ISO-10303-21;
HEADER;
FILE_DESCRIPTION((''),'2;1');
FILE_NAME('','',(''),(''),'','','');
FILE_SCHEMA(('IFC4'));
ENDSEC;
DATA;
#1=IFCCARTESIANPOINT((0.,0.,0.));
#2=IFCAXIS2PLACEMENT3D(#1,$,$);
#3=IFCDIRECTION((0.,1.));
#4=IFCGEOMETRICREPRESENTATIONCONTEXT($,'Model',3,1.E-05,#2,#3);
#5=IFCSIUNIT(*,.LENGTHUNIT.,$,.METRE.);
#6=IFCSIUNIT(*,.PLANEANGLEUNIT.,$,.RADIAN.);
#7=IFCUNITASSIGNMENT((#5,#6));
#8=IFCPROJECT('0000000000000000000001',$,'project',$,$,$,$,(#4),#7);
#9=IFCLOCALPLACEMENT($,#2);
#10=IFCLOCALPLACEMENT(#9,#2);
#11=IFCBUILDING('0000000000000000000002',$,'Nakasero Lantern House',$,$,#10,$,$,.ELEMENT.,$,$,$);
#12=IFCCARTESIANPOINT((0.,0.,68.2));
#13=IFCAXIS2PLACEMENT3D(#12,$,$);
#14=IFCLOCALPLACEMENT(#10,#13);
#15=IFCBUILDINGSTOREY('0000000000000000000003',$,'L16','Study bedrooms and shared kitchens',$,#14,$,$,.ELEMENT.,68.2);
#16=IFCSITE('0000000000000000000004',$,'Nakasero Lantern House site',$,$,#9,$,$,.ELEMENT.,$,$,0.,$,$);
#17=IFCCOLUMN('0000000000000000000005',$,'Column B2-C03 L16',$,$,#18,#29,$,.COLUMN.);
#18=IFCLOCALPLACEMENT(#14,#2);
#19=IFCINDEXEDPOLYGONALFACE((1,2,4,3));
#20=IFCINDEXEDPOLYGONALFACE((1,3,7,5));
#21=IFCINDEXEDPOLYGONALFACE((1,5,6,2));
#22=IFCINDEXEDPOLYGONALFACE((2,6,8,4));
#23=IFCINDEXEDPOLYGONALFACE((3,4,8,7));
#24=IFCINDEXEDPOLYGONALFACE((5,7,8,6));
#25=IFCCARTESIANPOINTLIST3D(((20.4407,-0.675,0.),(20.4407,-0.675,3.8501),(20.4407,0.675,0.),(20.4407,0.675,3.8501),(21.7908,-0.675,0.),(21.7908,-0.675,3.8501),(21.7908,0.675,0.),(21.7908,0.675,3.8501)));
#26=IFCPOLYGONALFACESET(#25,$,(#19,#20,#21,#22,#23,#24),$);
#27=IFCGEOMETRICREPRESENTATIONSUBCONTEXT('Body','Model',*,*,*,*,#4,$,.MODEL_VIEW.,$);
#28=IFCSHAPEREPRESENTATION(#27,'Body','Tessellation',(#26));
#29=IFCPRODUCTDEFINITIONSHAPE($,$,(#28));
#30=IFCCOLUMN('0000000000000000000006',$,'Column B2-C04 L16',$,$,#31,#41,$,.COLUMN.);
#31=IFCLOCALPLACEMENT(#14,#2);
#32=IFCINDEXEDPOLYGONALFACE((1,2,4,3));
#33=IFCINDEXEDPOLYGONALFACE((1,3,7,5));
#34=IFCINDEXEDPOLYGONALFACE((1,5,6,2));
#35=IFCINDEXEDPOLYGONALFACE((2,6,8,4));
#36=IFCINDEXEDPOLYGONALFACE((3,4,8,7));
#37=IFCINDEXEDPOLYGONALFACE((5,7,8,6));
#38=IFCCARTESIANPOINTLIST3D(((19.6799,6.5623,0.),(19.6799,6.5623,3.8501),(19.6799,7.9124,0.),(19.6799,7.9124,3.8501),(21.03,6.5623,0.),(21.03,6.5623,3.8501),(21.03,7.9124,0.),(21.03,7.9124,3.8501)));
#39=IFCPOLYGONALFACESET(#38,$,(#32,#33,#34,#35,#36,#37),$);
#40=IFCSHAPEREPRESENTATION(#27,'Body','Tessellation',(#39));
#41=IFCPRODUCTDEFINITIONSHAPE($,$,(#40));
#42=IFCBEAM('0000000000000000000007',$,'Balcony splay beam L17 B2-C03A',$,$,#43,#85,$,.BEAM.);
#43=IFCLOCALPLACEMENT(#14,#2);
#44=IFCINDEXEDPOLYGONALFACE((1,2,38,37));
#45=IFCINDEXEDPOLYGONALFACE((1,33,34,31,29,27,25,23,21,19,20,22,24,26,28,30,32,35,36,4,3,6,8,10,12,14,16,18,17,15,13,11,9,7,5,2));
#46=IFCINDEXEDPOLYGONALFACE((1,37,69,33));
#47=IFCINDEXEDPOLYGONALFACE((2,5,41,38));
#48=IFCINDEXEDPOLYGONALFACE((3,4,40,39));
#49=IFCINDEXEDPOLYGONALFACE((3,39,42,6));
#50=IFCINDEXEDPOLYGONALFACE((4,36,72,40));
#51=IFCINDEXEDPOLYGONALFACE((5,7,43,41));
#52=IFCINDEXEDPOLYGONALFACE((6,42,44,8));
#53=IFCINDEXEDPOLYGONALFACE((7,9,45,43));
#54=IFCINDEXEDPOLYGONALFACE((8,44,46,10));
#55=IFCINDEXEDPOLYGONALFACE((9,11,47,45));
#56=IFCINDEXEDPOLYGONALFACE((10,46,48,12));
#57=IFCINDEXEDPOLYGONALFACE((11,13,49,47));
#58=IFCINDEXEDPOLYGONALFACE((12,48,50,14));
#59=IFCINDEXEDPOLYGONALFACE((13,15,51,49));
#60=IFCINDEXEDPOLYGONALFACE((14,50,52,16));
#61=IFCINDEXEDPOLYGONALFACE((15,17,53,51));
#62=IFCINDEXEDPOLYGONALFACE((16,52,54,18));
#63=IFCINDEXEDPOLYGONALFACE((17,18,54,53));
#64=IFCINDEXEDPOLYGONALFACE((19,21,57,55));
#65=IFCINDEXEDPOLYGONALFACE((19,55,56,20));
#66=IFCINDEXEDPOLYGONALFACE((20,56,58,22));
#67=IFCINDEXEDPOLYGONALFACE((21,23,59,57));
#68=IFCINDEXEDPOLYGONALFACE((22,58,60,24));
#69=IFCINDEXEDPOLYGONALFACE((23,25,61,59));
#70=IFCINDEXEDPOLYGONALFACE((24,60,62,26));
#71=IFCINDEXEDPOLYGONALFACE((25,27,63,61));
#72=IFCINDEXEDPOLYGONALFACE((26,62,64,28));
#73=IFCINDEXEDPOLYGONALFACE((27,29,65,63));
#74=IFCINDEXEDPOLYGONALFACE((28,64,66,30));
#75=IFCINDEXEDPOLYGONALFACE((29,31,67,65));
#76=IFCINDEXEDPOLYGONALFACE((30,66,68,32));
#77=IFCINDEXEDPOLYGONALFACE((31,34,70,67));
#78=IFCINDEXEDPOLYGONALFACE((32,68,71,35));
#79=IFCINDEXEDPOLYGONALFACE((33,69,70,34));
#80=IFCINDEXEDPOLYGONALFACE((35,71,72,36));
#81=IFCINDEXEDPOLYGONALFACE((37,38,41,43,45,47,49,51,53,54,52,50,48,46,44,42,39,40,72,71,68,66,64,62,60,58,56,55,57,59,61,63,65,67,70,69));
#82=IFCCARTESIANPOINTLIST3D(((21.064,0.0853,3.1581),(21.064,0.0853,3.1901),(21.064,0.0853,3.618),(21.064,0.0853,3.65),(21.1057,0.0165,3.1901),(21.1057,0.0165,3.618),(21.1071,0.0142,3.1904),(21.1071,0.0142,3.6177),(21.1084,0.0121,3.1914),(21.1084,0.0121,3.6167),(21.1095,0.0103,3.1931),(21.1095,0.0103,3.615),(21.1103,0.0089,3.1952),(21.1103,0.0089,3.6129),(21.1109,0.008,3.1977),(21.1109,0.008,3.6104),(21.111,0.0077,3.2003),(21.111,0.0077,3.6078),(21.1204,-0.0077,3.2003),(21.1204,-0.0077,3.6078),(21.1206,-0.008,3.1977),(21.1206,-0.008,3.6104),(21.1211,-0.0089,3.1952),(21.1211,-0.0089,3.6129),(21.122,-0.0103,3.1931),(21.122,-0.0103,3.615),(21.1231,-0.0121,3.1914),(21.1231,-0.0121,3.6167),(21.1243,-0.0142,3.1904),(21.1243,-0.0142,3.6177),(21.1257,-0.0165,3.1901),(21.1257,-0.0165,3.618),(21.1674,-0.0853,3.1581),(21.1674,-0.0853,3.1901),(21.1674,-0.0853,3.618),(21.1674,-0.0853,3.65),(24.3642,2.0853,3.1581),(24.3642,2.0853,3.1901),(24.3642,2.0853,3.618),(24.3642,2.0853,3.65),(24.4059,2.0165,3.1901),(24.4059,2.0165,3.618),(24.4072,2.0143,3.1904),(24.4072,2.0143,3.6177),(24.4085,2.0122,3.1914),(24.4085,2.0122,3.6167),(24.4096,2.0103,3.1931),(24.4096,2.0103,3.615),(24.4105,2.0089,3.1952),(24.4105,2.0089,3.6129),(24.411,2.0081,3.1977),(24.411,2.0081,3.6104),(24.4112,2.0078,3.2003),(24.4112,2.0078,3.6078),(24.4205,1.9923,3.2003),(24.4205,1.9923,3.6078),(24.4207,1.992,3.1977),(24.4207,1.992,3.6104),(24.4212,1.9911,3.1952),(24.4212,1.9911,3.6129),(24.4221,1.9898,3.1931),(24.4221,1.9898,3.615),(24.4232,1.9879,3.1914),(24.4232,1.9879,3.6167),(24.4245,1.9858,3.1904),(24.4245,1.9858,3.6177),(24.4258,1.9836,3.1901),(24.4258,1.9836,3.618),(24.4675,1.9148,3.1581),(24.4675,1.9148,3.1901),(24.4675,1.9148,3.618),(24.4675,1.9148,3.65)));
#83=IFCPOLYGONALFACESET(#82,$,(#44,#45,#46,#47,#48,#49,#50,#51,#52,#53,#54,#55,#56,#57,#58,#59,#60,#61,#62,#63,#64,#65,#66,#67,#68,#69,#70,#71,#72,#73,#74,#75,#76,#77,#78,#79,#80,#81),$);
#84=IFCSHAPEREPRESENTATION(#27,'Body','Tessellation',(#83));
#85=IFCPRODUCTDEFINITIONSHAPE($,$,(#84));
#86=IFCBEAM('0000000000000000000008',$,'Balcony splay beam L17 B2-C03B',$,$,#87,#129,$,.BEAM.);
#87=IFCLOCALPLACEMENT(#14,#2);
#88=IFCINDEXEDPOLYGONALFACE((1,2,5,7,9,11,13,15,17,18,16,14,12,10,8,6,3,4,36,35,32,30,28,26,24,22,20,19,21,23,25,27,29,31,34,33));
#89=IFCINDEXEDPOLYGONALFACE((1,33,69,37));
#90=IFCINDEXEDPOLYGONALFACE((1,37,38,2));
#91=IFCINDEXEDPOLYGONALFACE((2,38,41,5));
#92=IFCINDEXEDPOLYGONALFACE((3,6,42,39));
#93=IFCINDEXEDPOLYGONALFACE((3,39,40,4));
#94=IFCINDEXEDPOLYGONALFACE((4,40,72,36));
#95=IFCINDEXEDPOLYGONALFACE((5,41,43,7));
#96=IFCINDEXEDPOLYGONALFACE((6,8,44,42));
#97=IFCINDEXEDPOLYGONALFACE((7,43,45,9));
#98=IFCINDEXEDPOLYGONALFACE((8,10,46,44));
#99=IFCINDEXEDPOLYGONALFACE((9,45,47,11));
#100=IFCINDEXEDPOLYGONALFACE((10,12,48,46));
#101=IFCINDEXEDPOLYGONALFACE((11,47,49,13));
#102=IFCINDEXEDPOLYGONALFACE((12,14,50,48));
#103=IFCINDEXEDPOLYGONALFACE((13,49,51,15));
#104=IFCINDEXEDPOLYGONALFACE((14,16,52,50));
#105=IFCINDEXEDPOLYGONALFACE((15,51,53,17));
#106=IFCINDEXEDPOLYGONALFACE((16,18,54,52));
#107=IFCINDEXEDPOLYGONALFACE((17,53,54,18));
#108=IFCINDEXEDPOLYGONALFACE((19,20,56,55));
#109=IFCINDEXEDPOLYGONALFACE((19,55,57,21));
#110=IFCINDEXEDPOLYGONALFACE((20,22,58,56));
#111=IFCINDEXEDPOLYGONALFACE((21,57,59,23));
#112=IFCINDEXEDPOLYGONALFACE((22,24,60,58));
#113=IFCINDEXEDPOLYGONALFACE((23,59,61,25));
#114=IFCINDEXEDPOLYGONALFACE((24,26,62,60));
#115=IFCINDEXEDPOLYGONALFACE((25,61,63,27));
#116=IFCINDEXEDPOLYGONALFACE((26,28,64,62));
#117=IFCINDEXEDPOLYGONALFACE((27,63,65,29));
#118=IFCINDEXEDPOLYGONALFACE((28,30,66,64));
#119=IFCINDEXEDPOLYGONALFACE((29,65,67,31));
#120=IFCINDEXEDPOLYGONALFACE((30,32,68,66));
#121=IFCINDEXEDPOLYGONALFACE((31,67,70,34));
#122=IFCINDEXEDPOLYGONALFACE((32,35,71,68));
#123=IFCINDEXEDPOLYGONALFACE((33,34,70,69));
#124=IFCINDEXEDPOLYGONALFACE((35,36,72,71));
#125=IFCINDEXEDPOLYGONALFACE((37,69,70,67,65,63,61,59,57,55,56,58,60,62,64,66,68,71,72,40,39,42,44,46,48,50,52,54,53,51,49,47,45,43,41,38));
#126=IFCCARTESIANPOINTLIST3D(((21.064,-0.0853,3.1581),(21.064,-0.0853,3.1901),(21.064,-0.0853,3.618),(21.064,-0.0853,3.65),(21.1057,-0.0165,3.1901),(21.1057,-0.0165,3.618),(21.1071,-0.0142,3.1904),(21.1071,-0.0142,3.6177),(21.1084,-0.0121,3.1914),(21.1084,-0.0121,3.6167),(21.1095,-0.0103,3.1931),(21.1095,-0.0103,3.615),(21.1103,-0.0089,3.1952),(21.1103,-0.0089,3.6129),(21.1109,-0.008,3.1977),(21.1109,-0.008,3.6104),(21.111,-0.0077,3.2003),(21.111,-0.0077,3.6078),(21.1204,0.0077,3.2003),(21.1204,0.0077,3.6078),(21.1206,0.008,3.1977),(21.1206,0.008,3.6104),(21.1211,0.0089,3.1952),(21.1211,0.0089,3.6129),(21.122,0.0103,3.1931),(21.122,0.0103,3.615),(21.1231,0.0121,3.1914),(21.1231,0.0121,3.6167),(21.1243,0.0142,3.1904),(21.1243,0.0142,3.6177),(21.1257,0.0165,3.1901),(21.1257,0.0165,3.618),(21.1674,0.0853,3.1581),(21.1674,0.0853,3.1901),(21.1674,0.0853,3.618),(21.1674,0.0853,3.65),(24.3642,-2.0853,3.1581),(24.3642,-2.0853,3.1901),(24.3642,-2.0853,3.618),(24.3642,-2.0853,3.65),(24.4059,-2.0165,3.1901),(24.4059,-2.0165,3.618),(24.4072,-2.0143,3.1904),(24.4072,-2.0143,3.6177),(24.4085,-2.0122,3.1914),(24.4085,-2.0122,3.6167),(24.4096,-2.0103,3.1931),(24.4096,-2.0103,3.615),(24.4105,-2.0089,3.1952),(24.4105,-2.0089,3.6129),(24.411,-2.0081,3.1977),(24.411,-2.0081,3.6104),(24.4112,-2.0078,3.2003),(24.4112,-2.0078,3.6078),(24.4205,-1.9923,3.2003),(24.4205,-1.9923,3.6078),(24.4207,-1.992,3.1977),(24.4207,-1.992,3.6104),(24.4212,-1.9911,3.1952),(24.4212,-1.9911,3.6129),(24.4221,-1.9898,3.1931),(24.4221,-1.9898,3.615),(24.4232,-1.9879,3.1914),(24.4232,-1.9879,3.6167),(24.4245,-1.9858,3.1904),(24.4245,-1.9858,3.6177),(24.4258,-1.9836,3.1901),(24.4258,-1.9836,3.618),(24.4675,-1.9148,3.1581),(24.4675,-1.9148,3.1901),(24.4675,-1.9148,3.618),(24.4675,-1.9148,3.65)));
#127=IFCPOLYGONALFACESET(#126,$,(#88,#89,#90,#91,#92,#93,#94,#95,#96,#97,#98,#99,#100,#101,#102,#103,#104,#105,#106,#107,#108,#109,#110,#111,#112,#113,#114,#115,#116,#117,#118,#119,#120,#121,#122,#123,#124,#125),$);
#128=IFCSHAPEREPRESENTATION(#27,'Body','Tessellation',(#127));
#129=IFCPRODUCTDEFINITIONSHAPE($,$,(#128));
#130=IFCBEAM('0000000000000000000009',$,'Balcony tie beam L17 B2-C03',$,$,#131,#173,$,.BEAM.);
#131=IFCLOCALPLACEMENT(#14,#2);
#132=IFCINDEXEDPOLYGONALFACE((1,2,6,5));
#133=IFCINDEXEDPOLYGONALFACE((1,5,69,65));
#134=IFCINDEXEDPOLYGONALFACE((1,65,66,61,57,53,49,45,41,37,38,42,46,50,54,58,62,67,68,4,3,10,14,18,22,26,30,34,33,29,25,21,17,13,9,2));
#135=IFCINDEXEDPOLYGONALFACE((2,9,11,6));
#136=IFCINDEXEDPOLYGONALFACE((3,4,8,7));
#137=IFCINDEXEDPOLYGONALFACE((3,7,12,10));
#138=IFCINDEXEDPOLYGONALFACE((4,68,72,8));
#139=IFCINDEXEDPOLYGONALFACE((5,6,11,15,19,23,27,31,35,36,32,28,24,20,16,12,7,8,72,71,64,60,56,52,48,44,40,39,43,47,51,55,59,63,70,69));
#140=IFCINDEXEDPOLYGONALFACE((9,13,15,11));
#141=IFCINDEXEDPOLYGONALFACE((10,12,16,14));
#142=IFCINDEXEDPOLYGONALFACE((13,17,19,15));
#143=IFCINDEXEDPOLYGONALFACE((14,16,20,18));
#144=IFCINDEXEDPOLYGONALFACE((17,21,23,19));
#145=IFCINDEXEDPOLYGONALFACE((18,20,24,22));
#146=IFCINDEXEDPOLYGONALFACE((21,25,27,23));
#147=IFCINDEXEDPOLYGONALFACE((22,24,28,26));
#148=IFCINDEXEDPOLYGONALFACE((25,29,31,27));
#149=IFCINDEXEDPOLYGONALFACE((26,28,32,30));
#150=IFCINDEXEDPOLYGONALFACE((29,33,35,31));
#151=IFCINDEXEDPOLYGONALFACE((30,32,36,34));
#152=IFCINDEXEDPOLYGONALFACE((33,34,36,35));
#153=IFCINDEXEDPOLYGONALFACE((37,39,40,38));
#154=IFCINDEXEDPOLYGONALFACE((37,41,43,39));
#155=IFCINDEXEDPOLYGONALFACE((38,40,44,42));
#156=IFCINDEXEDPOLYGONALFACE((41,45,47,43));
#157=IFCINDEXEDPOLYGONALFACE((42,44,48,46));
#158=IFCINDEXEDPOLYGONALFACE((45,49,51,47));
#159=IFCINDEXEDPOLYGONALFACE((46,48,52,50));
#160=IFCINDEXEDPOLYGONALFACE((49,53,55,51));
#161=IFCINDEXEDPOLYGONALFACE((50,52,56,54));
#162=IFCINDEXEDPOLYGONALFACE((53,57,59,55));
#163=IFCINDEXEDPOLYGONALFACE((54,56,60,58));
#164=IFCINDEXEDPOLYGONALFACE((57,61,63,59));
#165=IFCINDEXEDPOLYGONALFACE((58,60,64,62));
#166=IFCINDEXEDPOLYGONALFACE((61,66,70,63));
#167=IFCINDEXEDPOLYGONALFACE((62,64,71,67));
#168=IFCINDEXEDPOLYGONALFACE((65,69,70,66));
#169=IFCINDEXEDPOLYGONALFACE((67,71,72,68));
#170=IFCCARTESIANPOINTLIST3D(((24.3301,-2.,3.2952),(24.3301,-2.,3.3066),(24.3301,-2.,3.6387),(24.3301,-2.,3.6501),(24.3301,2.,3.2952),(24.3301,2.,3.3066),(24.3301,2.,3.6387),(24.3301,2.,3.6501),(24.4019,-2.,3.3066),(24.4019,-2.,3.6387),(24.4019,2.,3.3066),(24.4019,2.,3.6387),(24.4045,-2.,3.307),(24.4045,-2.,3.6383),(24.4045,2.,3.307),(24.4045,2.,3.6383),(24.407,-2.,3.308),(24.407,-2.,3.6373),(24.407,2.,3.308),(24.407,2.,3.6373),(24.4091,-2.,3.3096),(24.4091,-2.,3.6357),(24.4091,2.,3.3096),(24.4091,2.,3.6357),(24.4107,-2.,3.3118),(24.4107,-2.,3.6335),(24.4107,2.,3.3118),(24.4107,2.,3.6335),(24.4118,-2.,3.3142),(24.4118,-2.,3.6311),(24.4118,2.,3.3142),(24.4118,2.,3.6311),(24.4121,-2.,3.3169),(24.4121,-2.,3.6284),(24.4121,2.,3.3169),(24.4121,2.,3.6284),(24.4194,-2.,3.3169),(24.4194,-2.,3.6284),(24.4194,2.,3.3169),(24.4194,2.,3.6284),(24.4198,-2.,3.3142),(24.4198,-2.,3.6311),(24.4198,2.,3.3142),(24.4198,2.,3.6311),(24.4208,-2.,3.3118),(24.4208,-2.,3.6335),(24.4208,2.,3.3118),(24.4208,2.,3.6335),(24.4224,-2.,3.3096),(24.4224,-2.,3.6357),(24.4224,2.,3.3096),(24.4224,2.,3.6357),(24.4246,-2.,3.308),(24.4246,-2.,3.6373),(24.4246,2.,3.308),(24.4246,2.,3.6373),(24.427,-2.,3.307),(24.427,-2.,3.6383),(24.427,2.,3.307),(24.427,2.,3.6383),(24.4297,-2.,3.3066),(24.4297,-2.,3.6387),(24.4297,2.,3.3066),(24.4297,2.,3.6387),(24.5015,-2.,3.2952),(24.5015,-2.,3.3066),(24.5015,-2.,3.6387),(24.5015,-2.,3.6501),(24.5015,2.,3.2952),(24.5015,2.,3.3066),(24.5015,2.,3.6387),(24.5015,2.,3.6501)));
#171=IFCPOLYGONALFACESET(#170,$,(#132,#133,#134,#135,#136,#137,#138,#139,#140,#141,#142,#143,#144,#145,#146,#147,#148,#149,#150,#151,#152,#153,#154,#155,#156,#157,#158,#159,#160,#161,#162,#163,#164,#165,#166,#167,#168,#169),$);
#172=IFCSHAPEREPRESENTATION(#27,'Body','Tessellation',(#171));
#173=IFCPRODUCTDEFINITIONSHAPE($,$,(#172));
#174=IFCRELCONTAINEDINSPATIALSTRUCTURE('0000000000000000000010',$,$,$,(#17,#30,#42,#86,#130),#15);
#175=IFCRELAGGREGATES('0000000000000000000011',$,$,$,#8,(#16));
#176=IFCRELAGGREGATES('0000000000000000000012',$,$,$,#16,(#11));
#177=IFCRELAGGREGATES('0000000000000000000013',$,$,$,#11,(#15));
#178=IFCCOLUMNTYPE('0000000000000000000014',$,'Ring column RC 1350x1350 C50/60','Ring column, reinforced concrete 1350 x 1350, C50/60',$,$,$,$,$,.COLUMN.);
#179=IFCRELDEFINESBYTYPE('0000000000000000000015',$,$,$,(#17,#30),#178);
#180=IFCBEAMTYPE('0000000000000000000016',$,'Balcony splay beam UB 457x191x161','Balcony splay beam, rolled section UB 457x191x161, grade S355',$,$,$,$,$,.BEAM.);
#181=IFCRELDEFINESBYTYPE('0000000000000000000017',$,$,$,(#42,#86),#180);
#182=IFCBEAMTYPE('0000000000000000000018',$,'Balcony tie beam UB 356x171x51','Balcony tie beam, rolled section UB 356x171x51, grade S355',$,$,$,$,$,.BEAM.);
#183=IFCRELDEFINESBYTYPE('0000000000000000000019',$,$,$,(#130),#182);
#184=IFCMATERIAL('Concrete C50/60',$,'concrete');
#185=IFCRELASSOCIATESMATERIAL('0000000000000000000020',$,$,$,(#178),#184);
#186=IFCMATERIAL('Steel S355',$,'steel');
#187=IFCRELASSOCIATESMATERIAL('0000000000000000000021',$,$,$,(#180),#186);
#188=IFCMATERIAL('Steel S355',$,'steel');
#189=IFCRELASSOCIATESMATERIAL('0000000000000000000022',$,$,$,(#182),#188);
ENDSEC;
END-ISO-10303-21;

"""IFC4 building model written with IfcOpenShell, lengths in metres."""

from ifc_helpers import new_model, si_unit, direction, frame, origin, origin_2d, place, context, subcontext, project, spatial, rectangle, i_section, extrude, material, material_profile, profile_set, type_object, element, save


model = new_model("IFC4")

# Units and contexts
model_context = context("Model", 3, precision=1e-05, world=origin(), true_north=direction((0.0, 1.0)))
body_context = subcontext(model_context, "Body", "Model", "MODEL_VIEW")
ifc_project = project(units=[si_unit("LENGTHUNIT", "METRE"), si_unit("PLANEANGLEUNIT", "RADIAN")], contexts=[model_context])

# Site, building, storey
site_placement = place(None, origin())
site = spatial("IfcSite", under=ifc_project, at=site_placement, Name="Nakasero Lantern House site", CompositionType="ELEMENT", RefElevation=0.0)
building_placement = place(site_placement, origin())
building = spatial("IfcBuilding", under=site, at=building_placement, Name="Nakasero Lantern House", CompositionType="ELEMENT")
storey_placement = place(building_placement, frame((0.0, 0.0, 68.2)))
storey = spatial("IfcBuildingStorey", under=building, at=storey_placement, Name="L16", Description="Study bedrooms and shared kitchens", CompositionType="ELEMENT", Elevation=68.2)

# Columns
ifc_material_1 = material(Name="Concrete C50/60", Category="concrete")
ifc_material_profile_1 = material_profile(ifc_material_1, rectangle(XDim=1.3501, YDim=1.3501, at=origin_2d()), Name="RC 1350x1350")
ifc_profile_set_1 = profile_set([ifc_material_profile_1], Name="Concrete C50/60")
column_type = type_object("IfcColumnType", Name="Ring column RC 1350x1350 C50/60", Description="Ring column, reinforced concrete 1350 x 1350, C50/60", PredefinedType="COLUMN", material=ifc_profile_set_1)
for number, where, z_axis, x_axis, name in (
    (1, (21.1157, 0.0, 0.0), (0.0, 0.0, 1.0), (1.0, 0.0, 0.0), "Column B2-C03 L16"),
    (2, (20.355, 7.2373, 0.0), (0.0, 0.0, 1.0), (1.0, 0.0, 0.0), "Column B2-C04 L16"),
):
    element("IfcColumn", number, at=place(storey_placement, frame(where, z_axis=z_axis, x_axis=x_axis)), inside=storey, type_object=column_type, Name=name, PredefinedType="COLUMN", context=body_context, shape_type="SweptSolid", body=[
        extrude(rectangle(XDim=1.3501, YDim=1.3501, at=origin_2d()), origin(), (0.0, 0.0, 1.0), 3.8501),
    ])

# Beams
ifc_material_2 = material(Name="Steel S355", Category="steel")
ifc_material_profile_2 = material_profile(ifc_material_2, i_section(OverallWidth=0.1995, OverallDepth=0.4919, WebThickness=0.0181, FlangeThickness=0.032, FilletRadius=0.0103, at=origin_2d()), Name="UB 457x191x161")
ifc_profile_set_2 = profile_set([ifc_material_profile_2], Name="Steel S355")
beam_type_1 = type_object("IfcBeamType", Name="Balcony splay beam UB 457x191x161", Description="Balcony splay beam, rolled section UB 457x191x161, grade S355", PredefinedType="BEAM", material=ifc_profile_set_2)
for number, where, z_axis, x_axis, name in (
    (3, (21.1157, 0.0, 3.4041), (0.855201, 0.518296, 0.0), (-0.518296, 0.855201, 0.0), "Balcony splay beam L17 B2-C03A"),
    (4, (21.1157, 0.0, 3.4041), (0.855201, -0.518296, 0.0), (0.518296, 0.855201, 0.0), "Balcony splay beam L17 B2-C03B"),
):
    element("IfcBeam", number, at=place(storey_placement, frame(where, z_axis=z_axis, x_axis=x_axis)), inside=storey, type_object=beam_type_1, Name=name, PredefinedType="BEAM", context=body_context, shape_type="SweptSolid", body=[
        extrude(i_section(OverallWidth=0.1995, OverallDepth=0.4919, WebThickness=0.0181, FlangeThickness=0.032, FilletRadius=0.0103, at=origin_2d()), origin(), (0.0, 0.0, 1.0), 3.8589),
    ])
ifc_material_3 = material(Name="Steel S355", Category="steel")
ifc_material_profile_3 = material_profile(ifc_material_3, i_section(OverallWidth=0.1714, OverallDepth=0.355, WebThickness=0.0073, FlangeThickness=0.0115, FilletRadius=0.0103, at=origin_2d()), Name="UB 356x171x51")
ifc_profile_set_3 = profile_set([ifc_material_profile_3], Name="Steel S355")
beam_type_2 = type_object("IfcBeamType", Name="Balcony tie beam UB 356x171x51", Description="Balcony tie beam, rolled section UB 356x171x51, grade S355", PredefinedType="BEAM", material=ifc_profile_set_3)
beam_1_placement = place(storey_placement, frame((24.4158, 2.0, 3.4727), z_axis=(0.0, -1.0, 0.0), x_axis=(1.0, 0.0, 0.0)))
element("IfcBeam", 5, at=beam_1_placement, inside=storey, type_object=beam_type_2, Name="Balcony tie beam L17 B2-C03", PredefinedType="BEAM", context=body_context, shape_type="SweptSolid", body=[
    extrude(i_section(OverallWidth=0.1714, OverallDepth=0.355, WebThickness=0.0073, FlangeThickness=0.0115, FilletRadius=0.0103, at=origin_2d()), origin(), (0.0, 0.0, 1.0), 4.0),
])

save(model, "model.ifc")
